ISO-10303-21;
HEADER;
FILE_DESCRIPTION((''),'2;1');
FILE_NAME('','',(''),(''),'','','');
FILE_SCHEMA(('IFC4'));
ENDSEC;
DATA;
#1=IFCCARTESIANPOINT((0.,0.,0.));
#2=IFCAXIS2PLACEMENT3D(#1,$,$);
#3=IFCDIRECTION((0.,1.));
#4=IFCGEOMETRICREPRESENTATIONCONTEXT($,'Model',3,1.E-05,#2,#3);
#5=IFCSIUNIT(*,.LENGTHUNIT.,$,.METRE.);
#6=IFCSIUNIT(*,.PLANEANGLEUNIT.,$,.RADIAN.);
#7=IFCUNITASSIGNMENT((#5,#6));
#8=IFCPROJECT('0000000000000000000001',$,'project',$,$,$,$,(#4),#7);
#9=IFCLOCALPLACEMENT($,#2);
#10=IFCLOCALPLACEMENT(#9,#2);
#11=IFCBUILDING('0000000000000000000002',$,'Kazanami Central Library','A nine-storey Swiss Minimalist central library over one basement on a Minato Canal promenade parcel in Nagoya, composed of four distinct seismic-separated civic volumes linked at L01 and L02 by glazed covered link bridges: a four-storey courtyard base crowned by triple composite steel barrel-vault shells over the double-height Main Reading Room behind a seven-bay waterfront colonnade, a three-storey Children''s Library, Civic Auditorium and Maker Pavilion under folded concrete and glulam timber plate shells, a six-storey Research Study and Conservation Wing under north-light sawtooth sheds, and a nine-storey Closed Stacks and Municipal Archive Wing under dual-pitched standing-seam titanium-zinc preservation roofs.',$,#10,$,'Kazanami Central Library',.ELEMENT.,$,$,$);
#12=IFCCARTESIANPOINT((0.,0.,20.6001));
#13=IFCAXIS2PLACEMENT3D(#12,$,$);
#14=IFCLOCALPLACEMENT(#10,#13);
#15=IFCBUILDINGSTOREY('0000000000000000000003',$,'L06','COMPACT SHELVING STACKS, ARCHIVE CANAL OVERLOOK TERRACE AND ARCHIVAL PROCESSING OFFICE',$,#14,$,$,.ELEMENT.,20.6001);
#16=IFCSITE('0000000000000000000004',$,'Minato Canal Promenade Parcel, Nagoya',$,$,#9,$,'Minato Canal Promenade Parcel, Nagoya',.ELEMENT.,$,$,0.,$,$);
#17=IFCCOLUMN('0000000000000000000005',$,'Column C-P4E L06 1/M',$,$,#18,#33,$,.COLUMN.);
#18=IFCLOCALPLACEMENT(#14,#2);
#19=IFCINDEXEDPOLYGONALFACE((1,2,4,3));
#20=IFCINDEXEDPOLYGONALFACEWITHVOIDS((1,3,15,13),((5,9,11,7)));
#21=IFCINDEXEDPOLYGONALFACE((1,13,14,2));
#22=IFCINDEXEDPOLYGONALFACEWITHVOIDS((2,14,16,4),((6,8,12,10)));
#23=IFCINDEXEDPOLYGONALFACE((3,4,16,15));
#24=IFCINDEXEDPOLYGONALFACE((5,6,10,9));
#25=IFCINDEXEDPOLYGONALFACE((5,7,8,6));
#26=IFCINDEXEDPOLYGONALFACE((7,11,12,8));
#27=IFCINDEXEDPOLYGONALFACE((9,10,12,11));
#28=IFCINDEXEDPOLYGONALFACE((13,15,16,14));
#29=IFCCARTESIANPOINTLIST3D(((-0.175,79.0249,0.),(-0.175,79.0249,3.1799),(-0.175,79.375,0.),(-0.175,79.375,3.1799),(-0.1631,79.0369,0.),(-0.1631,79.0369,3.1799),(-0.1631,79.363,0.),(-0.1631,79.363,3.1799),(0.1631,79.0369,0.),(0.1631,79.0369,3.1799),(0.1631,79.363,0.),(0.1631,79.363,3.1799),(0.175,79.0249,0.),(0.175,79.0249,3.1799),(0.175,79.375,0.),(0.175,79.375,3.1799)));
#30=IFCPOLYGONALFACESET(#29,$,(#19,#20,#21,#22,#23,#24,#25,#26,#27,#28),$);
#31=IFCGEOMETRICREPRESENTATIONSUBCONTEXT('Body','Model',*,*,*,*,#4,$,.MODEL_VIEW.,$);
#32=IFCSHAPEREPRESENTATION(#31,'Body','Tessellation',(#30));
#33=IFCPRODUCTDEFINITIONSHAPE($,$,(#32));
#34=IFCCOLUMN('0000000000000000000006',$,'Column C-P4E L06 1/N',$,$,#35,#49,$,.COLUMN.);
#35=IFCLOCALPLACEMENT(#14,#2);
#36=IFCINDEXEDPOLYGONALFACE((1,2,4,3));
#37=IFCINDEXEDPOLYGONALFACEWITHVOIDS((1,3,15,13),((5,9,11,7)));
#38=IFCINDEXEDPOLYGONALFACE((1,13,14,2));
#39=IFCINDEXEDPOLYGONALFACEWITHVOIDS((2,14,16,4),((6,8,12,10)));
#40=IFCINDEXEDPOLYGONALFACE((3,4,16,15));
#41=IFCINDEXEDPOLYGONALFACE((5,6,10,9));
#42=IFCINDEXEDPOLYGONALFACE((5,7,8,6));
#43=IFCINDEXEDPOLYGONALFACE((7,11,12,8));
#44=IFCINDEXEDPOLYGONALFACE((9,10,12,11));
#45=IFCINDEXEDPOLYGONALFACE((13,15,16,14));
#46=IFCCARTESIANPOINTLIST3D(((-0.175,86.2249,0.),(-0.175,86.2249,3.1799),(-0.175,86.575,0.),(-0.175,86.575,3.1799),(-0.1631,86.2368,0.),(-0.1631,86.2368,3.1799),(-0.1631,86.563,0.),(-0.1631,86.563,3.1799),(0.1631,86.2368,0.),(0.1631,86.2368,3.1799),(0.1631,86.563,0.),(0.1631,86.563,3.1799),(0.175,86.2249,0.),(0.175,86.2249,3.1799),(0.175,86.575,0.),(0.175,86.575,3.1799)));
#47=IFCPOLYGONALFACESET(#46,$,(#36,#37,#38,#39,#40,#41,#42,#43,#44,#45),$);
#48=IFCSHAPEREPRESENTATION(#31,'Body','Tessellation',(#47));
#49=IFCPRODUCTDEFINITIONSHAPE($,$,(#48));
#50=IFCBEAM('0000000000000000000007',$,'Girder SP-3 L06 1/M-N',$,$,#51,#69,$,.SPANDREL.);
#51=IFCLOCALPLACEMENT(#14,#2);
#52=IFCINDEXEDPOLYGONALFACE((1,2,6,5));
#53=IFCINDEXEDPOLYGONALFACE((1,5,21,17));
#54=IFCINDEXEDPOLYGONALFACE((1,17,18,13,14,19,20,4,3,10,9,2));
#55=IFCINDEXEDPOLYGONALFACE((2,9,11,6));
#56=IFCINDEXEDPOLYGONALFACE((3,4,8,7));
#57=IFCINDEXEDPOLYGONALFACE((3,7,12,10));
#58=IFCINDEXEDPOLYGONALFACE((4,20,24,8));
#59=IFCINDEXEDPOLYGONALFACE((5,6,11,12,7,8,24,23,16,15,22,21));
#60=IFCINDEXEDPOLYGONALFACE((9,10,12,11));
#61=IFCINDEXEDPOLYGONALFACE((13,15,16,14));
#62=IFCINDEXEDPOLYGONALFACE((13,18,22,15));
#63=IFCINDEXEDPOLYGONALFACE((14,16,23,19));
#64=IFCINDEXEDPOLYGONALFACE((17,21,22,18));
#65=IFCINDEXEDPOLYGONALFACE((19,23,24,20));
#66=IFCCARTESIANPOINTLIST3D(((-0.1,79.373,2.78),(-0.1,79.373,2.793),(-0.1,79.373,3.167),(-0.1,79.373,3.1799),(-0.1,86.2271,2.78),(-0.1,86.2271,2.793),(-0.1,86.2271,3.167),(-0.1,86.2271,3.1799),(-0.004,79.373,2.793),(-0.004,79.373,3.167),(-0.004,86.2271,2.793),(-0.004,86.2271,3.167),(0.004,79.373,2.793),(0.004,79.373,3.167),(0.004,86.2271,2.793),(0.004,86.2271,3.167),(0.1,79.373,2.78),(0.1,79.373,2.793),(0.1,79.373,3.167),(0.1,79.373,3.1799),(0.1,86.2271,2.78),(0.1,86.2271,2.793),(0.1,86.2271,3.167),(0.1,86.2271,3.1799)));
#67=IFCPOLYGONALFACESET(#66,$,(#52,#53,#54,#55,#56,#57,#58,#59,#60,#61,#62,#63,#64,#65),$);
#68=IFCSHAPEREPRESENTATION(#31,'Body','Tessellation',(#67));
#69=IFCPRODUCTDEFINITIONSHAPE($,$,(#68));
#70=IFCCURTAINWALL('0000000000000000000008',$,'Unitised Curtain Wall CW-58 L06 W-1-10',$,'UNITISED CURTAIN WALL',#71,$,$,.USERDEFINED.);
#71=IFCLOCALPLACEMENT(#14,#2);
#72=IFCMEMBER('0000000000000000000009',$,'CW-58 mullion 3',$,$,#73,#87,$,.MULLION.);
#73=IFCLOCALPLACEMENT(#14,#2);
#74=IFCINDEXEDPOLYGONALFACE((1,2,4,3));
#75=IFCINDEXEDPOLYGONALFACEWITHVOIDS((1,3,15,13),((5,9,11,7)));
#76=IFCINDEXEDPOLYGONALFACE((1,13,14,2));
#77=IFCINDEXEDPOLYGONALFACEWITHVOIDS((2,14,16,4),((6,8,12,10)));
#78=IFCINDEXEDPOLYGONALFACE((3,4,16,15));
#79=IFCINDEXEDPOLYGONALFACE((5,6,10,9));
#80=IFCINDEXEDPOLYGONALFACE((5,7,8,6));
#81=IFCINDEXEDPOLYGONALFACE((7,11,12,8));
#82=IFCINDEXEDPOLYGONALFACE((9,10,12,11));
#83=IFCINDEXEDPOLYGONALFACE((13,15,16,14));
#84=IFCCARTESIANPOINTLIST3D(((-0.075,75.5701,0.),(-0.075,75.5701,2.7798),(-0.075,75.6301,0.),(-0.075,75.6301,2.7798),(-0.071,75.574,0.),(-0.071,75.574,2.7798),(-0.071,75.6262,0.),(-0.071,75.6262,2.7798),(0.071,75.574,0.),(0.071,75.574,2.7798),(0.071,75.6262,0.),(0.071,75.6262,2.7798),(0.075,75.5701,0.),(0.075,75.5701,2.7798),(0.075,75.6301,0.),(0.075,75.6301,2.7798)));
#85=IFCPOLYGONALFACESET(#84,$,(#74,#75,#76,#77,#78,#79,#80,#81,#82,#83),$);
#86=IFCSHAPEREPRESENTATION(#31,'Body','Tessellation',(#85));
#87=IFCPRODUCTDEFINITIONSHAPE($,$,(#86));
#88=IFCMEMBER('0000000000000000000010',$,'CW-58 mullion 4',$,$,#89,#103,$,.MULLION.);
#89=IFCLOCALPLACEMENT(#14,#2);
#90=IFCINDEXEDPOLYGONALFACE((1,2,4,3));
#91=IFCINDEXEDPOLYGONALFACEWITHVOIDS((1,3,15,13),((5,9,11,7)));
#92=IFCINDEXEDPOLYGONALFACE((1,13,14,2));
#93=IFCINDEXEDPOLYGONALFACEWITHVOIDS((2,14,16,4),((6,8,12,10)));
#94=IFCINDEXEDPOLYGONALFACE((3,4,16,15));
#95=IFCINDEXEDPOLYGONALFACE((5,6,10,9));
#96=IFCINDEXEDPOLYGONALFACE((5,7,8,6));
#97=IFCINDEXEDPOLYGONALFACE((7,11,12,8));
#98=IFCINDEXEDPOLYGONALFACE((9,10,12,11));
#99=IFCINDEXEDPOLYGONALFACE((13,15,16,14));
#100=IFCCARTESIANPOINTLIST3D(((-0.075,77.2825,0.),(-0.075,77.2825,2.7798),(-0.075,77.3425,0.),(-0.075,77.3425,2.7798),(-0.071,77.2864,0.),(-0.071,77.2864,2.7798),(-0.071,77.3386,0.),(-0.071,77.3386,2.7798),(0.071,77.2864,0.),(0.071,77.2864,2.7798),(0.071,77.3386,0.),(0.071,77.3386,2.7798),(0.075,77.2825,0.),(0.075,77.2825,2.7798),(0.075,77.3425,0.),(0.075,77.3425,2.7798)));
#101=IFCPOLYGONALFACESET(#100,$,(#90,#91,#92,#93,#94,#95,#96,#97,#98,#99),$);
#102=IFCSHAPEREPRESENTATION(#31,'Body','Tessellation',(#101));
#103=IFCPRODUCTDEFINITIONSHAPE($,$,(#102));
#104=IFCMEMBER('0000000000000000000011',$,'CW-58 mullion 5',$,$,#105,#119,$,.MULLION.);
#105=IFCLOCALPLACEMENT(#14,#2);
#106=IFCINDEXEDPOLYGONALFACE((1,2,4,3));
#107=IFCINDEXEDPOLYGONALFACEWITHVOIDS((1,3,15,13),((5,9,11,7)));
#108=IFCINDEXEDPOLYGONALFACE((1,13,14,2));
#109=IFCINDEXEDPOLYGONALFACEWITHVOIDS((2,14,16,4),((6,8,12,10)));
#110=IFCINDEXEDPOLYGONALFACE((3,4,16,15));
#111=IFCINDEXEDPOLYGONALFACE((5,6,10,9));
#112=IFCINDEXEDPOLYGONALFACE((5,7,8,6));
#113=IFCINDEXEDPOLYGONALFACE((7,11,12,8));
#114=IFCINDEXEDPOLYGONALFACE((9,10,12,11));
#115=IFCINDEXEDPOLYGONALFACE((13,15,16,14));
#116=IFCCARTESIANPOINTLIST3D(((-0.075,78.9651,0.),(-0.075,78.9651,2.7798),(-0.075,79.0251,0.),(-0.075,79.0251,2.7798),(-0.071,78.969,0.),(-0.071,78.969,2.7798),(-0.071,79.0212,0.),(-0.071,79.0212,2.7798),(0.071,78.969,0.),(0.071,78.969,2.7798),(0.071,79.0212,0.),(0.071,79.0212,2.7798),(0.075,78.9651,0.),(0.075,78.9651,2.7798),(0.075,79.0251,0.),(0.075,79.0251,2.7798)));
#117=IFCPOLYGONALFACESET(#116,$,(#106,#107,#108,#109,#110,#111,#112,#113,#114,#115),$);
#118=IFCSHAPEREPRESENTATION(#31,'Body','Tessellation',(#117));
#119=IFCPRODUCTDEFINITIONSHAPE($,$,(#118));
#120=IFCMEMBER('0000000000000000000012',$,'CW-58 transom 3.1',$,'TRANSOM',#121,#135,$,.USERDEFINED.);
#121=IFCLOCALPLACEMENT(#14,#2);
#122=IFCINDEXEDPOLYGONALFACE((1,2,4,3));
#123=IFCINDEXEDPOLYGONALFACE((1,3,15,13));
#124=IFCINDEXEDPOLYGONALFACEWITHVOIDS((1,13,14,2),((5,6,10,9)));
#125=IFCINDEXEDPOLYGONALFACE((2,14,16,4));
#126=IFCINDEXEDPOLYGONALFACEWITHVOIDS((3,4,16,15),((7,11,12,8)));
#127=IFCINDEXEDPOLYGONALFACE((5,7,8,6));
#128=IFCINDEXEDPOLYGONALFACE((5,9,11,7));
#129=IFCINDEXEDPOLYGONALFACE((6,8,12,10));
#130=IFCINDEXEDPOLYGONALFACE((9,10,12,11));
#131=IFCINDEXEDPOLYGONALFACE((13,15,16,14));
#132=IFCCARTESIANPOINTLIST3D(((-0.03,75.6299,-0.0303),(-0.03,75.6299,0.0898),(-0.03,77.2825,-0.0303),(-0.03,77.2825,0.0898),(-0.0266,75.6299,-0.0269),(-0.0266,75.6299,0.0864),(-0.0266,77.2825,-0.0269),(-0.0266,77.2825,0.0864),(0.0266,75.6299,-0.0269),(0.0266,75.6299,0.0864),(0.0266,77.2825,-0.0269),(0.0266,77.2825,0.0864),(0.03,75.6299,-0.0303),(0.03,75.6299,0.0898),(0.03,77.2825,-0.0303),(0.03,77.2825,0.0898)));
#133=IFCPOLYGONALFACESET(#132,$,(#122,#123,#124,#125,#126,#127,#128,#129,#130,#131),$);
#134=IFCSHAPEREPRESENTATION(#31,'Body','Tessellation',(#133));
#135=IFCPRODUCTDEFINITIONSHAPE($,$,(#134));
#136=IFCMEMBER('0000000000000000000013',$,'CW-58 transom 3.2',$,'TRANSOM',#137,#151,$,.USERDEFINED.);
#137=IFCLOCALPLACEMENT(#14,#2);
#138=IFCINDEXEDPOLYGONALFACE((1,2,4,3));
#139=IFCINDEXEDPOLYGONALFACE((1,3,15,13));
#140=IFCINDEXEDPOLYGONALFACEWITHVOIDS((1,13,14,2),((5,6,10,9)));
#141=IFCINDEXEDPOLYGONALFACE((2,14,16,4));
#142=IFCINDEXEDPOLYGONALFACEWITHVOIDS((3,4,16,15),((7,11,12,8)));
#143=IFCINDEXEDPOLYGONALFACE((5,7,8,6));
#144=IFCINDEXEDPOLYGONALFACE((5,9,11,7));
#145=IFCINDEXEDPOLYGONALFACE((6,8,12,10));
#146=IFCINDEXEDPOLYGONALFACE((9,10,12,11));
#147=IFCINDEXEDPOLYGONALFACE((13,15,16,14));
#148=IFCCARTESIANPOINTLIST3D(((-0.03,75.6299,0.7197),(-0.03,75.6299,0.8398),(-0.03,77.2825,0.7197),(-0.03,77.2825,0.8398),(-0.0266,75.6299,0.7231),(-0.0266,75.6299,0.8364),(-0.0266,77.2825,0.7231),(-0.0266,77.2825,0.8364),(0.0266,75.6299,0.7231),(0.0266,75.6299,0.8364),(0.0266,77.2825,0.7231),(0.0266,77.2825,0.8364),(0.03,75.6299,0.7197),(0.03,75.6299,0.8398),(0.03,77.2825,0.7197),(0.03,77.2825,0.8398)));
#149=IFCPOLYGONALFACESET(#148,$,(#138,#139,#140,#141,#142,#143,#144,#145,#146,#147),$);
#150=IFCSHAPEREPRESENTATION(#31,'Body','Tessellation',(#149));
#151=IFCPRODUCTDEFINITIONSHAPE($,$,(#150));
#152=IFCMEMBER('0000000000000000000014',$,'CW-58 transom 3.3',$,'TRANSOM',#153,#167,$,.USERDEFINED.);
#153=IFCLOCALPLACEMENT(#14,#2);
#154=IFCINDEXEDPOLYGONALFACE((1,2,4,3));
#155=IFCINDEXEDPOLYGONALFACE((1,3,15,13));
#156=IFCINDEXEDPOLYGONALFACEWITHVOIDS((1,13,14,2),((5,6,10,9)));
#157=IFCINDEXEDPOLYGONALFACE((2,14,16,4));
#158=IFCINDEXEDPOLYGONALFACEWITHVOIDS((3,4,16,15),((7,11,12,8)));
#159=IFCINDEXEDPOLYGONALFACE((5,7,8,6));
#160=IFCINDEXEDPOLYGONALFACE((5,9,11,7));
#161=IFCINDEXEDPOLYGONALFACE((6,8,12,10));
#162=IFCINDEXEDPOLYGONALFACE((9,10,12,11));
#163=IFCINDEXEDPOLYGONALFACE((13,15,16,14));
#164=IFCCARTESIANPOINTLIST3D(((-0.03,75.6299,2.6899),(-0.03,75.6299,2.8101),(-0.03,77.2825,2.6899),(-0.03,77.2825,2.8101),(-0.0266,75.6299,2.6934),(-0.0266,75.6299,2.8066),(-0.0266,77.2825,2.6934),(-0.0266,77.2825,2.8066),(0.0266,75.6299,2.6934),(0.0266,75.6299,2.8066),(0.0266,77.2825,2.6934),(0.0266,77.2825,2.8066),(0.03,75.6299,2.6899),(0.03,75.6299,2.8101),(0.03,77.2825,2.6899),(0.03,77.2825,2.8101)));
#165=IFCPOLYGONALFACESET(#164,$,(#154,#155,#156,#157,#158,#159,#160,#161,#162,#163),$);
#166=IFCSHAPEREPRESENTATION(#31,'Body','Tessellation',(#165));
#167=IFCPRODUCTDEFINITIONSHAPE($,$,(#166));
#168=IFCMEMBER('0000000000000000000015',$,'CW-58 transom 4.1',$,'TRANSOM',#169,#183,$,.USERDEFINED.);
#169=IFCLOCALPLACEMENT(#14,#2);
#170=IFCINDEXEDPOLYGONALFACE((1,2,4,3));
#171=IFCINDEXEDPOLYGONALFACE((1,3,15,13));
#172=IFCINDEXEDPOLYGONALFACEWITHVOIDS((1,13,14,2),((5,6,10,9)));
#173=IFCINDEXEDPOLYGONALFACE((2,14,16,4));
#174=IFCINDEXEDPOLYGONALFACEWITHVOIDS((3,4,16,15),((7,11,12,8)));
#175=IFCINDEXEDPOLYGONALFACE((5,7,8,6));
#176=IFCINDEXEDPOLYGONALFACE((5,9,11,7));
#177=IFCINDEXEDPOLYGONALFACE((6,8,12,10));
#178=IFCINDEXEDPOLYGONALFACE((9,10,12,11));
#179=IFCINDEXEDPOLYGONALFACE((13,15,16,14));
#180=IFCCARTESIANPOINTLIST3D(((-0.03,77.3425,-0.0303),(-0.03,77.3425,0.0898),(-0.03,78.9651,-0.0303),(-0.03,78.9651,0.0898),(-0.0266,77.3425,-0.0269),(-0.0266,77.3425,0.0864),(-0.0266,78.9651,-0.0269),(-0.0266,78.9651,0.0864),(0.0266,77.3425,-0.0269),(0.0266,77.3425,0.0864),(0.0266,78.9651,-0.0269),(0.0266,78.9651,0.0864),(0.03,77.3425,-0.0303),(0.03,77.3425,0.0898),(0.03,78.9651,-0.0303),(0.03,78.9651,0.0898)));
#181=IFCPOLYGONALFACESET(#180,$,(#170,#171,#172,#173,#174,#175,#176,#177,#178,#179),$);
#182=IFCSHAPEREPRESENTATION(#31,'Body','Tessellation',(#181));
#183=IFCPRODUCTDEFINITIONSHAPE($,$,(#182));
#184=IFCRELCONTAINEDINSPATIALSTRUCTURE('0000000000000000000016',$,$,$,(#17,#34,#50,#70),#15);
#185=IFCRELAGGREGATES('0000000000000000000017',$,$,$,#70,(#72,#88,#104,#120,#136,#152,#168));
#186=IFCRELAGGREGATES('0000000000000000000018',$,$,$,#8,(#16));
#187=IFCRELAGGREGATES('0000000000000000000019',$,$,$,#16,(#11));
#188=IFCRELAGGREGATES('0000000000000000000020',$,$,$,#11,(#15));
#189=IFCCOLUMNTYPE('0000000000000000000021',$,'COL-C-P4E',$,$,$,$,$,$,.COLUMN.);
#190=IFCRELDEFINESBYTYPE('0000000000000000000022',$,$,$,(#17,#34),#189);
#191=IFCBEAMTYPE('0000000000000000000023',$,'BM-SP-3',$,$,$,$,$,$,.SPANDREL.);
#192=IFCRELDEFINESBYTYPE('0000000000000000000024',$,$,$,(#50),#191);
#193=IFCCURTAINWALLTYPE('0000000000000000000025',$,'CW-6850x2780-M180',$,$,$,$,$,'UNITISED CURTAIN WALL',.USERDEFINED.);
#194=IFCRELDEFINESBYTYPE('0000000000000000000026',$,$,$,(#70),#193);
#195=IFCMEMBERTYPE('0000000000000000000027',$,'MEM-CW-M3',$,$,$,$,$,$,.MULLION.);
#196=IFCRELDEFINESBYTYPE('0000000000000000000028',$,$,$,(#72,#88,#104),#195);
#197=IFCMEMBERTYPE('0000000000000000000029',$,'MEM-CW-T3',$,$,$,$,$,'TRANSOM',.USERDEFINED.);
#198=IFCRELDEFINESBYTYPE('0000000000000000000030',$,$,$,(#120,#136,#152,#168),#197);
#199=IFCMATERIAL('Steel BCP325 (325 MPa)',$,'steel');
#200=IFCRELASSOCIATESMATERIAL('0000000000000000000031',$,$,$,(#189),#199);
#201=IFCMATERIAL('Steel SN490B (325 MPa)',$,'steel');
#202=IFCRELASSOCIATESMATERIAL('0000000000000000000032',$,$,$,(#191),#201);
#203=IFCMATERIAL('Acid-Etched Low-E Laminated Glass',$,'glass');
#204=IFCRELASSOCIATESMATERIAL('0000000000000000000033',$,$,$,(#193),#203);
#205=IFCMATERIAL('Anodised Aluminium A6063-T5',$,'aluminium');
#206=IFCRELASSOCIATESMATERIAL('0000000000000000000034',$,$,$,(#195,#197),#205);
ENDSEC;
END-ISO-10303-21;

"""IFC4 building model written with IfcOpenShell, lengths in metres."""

from ifc_helpers import new_model, si_unit, direction, frame, origin, origin_2d, place, context, subcontext, project, spatial, hollow_rectangle, i_section, extrude, material, material_profile, profile_set, type_object, element, aggregate, save


model = new_model("IFC4")

# Units and contexts
model_context = context("Model", 3, precision=1e-05, world=origin(), true_north=direction((0.0, 1.0)))
body_context = subcontext(model_context, "Body", "Model", "MODEL_VIEW")
ifc_project = project(units=[si_unit("LENGTHUNIT", "METRE"), si_unit("PLANEANGLEUNIT", "RADIAN")], contexts=[model_context])

# Site, building, storey
site_placement = place(None, origin())
site = spatial("IfcSite", under=ifc_project, at=site_placement, Name="Minato Canal Promenade Parcel, Nagoya", LongName="Minato Canal Promenade Parcel, Nagoya", CompositionType="ELEMENT", RefElevation=0.0)
building_placement = place(site_placement, origin())
building = spatial("IfcBuilding", under=site, at=building_placement, Name="Kazanami Central Library", Description="A nine-storey Swiss Minimalist central library over one basement on a Minato Canal promenade parcel in Nagoya, composed of four distinct seismic-separated civic volumes linked at L01 and L02 by glazed covered link bridges: a four-storey courtyard base crowned by triple composite steel barrel-vault shells over the double-height Main Reading Room behind a seven-bay waterfront colonnade, a three-storey Children's Library, Civic Auditorium and Maker Pavilion under folded concrete and glulam timber plate shells, a six-storey Research Study and Conservation Wing under north-light sawtooth sheds, and a nine-storey Closed Stacks and Municipal Archive Wing under dual-pitched standing-seam titanium-zinc preservation roofs.", LongName="Kazanami Central Library", CompositionType="ELEMENT")
storey_placement = place(building_placement, frame((0.0, 0.0, 20.6001)))
storey = spatial("IfcBuildingStorey", under=building, at=storey_placement, Name="L06", Description="COMPACT SHELVING STACKS, ARCHIVE CANAL OVERLOOK TERRACE AND ARCHIVAL PROCESSING OFFICE", CompositionType="ELEMENT", Elevation=20.6001)

# Columns
ifc_material_1 = material(Name="Steel BCP325 (325 MPa)", Category="steel")
ifc_material_profile_1 = material_profile(ifc_material_1, hollow_rectangle(XDim=0.3501, YDim=0.3501, WallThickness=0.012, at=origin_2d()), Name="STKR-350x350x12")
ifc_profile_set_1 = profile_set([ifc_material_profile_1], Name="Steel BCP325 (325 MPa)")
column_type = type_object("IfcColumnType", Name="COL-C-P4E", PredefinedType="COLUMN", material=ifc_profile_set_1)
for number, where, z_axis, x_axis, name in (
    (1, (0.0, 79.2, 0.0), (0.0, 0.0, 1.0), (1.0, 0.0, 0.0), "Column C-P4E L06 1/M"),
    (2, (0.0, 86.3999, 0.0), (0.0, 0.0, 1.0), (1.0, 0.0, 0.0), "Column C-P4E L06 1/N"),
):
    element("IfcColumn", number, at=place(storey_placement, frame(where, z_axis=z_axis, x_axis=x_axis)), inside=storey, type_object=column_type, Name=name, PredefinedType="COLUMN", context=body_context, shape_type="SweptSolid", body=[
        extrude(hollow_rectangle(XDim=0.3501, YDim=0.3501, WallThickness=0.012, at=origin_2d()), origin(), (0.0, 0.0, 1.0), 3.1799),
    ])

# Beam
ifc_material_2 = material(Name="Steel SN490B (325 MPa)", Category="steel")
ifc_material_profile_2 = material_profile(ifc_material_2, i_section(OverallWidth=0.2, OverallDepth=0.3999, WebThickness=0.0081, FlangeThickness=0.0129, at=origin_2d()), Name="H-400x200x8x13")
ifc_profile_set_2 = profile_set([ifc_material_profile_2], Name="Steel SN490B (325 MPa)")
beam_type = type_object("IfcBeamType", Name="BM-SP-3", PredefinedType="SPANDREL", material=ifc_profile_set_2)
beam_placement = place(storey_placement, frame((0.0, 79.373, 2.98), z_axis=(0.0, 1.0, 0.0), x_axis=(-1.0, 0.0, 0.0)))
element("IfcBeam", 3, at=beam_placement, inside=storey, type_object=beam_type, Name="Girder SP-3 L06 1/M-N", PredefinedType="SPANDREL", context=body_context, shape_type="SweptSolid", body=[
    extrude(i_section(OverallWidth=0.2, OverallDepth=0.3999, WebThickness=0.0081, FlangeThickness=0.0129, at=origin_2d()), origin(), (0.0, 0.0, 1.0), 6.854),
])

# Curtain wall, members
ifc_material_3 = material(Name="Acid-Etched Low-E Laminated Glass", Category="glass")
curtain_wall_type = type_object("IfcCurtainWallType", Name="CW-6850x2780-M180", ElementType="UNITISED CURTAIN WALL", PredefinedType="USERDEFINED", material=ifc_material_3)
curtain_wall_placement = place(storey_placement, origin())
curtain_wall = element("IfcCurtainWall", 4, at=curtain_wall_placement, inside=storey, type_object=curtain_wall_type, Name="Unitised Curtain Wall CW-58 L06 W-1-10", ObjectType="UNITISED CURTAIN WALL", PredefinedType="USERDEFINED")
ifc_material_4 = material(Name="Anodised Aluminium A6063-T5", Category="aluminium")
ifc_material_profile_3 = material_profile(ifc_material_4, hollow_rectangle(XDim=0.0601, YDim=0.1499, WallThickness=0.0039, at=origin_2d()), Name="ALU-MULL-60x150x4")
ifc_profile_set_3 = profile_set([ifc_material_profile_3], Name="Anodised Aluminium A6063-T5")
member_type_1 = type_object("IfcMemberType", Name="MEM-CW-M3", PredefinedType="MULLION", material=ifc_profile_set_3)
member_1_placement = place(storey_placement, frame((0.0, 75.6001, 0.0), z_axis=(0.0, 0.0, 1.0), x_axis=(0.0, 1.0, 0.0)))
member_1 = element("IfcMember", 5, at=member_1_placement, type_object=member_type_1, Name="CW-58 mullion 3", PredefinedType="MULLION", context=body_context, shape_type="SweptSolid", body=[
    extrude(hollow_rectangle(XDim=0.0601, YDim=0.1499, WallThickness=0.0039, at=origin_2d()), origin(), (0.0, 0.0, 1.0), 2.7798),
])
member_2_placement = place(storey_placement, frame((0.0, 77.3125, 0.0), z_axis=(0.0, 0.0, 1.0), x_axis=(0.0, 1.0, 0.0)))
member_2 = element("IfcMember", 6, at=member_2_placement, type_object=member_type_1, Name="CW-58 mullion 4", PredefinedType="MULLION", context=body_context, shape_type="SweptSolid", body=[
    extrude(hollow_rectangle(XDim=0.0601, YDim=0.1499, WallThickness=0.0039, at=origin_2d()), origin(), (0.0, 0.0, 1.0), 2.7798),
])
member_3_placement = place(storey_placement, frame((0.0, 78.9951, 0.0), z_axis=(0.0, 0.0, 1.0), x_axis=(0.0, 1.0, 0.0)))
member_3 = element("IfcMember", 7, at=member_3_placement, type_object=member_type_1, Name="CW-58 mullion 5", PredefinedType="MULLION", context=body_context, shape_type="SweptSolid", body=[
    extrude(hollow_rectangle(XDim=0.0601, YDim=0.1499, WallThickness=0.0039, at=origin_2d()), origin(), (0.0, 0.0, 1.0), 2.7798),
])
ifc_material_profile_4 = material_profile(ifc_material_4, hollow_rectangle(XDim=0.0601, YDim=0.1201, WallThickness=0.0034, at=origin_2d()), Name="ALU-TRAN-60x120x3.5")
ifc_profile_set_4 = profile_set([ifc_material_profile_4], Name="Anodised Aluminium A6063-T5")
member_type_2 = type_object("IfcMemberType", Name="MEM-CW-T3", ElementType="TRANSOM", PredefinedType="USERDEFINED", material=ifc_profile_set_4)
member_4_placement = place(storey_placement, frame((0.0, 75.6299, 0.0298), z_axis=(0.0, 1.0, 0.0), x_axis=(-1.0, 0.0, 0.0)))
member_4 = element("IfcMember", 8, at=member_4_placement, type_object=member_type_2, Name="CW-58 transom 3.1", ObjectType="TRANSOM", PredefinedType="USERDEFINED", context=body_context, shape_type="SweptSolid", body=[
    extrude(hollow_rectangle(XDim=0.0601, YDim=0.1201, WallThickness=0.0034, at=origin_2d()), origin(), (0.0, 0.0, 1.0), 1.6526),
])
member_5_placement = place(storey_placement, frame((0.0, 75.6299, 0.7798), z_axis=(0.0, 1.0, 0.0), x_axis=(-1.0, 0.0, 0.0)))
member_5 = element("IfcMember", 9, at=member_5_placement, type_object=member_type_2, Name="CW-58 transom 3.2", ObjectType="TRANSOM", PredefinedType="USERDEFINED", context=body_context, shape_type="SweptSolid", body=[
    extrude(hollow_rectangle(XDim=0.0601, YDim=0.1201, WallThickness=0.0034, at=origin_2d()), origin(), (0.0, 0.0, 1.0), 1.6526),
])
member_6_placement = place(storey_placement, frame((0.0, 75.6299, 2.75), z_axis=(0.0, 1.0, 0.0), x_axis=(-1.0, 0.0, 0.0)))
member_6 = element("IfcMember", 10, at=member_6_placement, type_object=member_type_2, Name="CW-58 transom 3.3", ObjectType="TRANSOM", PredefinedType="USERDEFINED", context=body_context, shape_type="SweptSolid", body=[
    extrude(hollow_rectangle(XDim=0.0601, YDim=0.1201, WallThickness=0.0034, at=origin_2d()), origin(), (0.0, 0.0, 1.0), 1.6526),
])
member_7_placement = place(storey_placement, frame((0.0, 77.3425, 0.0298), z_axis=(0.0, 1.0, 0.0), x_axis=(-1.0, 0.0, 0.0)))
member_7 = element("IfcMember", 11, at=member_7_placement, type_object=member_type_2, Name="CW-58 transom 4.1", ObjectType="TRANSOM", PredefinedType="USERDEFINED", context=body_context, shape_type="SweptSolid", body=[
    extrude(hollow_rectangle(XDim=0.0601, YDim=0.1201, WallThickness=0.0034, at=origin_2d()), origin(), (0.0, 0.0, 1.0), 1.6226),
])
aggregate(curtain_wall, [member_1, member_2, member_3, member_4, member_5, member_6, member_7])

save(model, "model.ifc")
